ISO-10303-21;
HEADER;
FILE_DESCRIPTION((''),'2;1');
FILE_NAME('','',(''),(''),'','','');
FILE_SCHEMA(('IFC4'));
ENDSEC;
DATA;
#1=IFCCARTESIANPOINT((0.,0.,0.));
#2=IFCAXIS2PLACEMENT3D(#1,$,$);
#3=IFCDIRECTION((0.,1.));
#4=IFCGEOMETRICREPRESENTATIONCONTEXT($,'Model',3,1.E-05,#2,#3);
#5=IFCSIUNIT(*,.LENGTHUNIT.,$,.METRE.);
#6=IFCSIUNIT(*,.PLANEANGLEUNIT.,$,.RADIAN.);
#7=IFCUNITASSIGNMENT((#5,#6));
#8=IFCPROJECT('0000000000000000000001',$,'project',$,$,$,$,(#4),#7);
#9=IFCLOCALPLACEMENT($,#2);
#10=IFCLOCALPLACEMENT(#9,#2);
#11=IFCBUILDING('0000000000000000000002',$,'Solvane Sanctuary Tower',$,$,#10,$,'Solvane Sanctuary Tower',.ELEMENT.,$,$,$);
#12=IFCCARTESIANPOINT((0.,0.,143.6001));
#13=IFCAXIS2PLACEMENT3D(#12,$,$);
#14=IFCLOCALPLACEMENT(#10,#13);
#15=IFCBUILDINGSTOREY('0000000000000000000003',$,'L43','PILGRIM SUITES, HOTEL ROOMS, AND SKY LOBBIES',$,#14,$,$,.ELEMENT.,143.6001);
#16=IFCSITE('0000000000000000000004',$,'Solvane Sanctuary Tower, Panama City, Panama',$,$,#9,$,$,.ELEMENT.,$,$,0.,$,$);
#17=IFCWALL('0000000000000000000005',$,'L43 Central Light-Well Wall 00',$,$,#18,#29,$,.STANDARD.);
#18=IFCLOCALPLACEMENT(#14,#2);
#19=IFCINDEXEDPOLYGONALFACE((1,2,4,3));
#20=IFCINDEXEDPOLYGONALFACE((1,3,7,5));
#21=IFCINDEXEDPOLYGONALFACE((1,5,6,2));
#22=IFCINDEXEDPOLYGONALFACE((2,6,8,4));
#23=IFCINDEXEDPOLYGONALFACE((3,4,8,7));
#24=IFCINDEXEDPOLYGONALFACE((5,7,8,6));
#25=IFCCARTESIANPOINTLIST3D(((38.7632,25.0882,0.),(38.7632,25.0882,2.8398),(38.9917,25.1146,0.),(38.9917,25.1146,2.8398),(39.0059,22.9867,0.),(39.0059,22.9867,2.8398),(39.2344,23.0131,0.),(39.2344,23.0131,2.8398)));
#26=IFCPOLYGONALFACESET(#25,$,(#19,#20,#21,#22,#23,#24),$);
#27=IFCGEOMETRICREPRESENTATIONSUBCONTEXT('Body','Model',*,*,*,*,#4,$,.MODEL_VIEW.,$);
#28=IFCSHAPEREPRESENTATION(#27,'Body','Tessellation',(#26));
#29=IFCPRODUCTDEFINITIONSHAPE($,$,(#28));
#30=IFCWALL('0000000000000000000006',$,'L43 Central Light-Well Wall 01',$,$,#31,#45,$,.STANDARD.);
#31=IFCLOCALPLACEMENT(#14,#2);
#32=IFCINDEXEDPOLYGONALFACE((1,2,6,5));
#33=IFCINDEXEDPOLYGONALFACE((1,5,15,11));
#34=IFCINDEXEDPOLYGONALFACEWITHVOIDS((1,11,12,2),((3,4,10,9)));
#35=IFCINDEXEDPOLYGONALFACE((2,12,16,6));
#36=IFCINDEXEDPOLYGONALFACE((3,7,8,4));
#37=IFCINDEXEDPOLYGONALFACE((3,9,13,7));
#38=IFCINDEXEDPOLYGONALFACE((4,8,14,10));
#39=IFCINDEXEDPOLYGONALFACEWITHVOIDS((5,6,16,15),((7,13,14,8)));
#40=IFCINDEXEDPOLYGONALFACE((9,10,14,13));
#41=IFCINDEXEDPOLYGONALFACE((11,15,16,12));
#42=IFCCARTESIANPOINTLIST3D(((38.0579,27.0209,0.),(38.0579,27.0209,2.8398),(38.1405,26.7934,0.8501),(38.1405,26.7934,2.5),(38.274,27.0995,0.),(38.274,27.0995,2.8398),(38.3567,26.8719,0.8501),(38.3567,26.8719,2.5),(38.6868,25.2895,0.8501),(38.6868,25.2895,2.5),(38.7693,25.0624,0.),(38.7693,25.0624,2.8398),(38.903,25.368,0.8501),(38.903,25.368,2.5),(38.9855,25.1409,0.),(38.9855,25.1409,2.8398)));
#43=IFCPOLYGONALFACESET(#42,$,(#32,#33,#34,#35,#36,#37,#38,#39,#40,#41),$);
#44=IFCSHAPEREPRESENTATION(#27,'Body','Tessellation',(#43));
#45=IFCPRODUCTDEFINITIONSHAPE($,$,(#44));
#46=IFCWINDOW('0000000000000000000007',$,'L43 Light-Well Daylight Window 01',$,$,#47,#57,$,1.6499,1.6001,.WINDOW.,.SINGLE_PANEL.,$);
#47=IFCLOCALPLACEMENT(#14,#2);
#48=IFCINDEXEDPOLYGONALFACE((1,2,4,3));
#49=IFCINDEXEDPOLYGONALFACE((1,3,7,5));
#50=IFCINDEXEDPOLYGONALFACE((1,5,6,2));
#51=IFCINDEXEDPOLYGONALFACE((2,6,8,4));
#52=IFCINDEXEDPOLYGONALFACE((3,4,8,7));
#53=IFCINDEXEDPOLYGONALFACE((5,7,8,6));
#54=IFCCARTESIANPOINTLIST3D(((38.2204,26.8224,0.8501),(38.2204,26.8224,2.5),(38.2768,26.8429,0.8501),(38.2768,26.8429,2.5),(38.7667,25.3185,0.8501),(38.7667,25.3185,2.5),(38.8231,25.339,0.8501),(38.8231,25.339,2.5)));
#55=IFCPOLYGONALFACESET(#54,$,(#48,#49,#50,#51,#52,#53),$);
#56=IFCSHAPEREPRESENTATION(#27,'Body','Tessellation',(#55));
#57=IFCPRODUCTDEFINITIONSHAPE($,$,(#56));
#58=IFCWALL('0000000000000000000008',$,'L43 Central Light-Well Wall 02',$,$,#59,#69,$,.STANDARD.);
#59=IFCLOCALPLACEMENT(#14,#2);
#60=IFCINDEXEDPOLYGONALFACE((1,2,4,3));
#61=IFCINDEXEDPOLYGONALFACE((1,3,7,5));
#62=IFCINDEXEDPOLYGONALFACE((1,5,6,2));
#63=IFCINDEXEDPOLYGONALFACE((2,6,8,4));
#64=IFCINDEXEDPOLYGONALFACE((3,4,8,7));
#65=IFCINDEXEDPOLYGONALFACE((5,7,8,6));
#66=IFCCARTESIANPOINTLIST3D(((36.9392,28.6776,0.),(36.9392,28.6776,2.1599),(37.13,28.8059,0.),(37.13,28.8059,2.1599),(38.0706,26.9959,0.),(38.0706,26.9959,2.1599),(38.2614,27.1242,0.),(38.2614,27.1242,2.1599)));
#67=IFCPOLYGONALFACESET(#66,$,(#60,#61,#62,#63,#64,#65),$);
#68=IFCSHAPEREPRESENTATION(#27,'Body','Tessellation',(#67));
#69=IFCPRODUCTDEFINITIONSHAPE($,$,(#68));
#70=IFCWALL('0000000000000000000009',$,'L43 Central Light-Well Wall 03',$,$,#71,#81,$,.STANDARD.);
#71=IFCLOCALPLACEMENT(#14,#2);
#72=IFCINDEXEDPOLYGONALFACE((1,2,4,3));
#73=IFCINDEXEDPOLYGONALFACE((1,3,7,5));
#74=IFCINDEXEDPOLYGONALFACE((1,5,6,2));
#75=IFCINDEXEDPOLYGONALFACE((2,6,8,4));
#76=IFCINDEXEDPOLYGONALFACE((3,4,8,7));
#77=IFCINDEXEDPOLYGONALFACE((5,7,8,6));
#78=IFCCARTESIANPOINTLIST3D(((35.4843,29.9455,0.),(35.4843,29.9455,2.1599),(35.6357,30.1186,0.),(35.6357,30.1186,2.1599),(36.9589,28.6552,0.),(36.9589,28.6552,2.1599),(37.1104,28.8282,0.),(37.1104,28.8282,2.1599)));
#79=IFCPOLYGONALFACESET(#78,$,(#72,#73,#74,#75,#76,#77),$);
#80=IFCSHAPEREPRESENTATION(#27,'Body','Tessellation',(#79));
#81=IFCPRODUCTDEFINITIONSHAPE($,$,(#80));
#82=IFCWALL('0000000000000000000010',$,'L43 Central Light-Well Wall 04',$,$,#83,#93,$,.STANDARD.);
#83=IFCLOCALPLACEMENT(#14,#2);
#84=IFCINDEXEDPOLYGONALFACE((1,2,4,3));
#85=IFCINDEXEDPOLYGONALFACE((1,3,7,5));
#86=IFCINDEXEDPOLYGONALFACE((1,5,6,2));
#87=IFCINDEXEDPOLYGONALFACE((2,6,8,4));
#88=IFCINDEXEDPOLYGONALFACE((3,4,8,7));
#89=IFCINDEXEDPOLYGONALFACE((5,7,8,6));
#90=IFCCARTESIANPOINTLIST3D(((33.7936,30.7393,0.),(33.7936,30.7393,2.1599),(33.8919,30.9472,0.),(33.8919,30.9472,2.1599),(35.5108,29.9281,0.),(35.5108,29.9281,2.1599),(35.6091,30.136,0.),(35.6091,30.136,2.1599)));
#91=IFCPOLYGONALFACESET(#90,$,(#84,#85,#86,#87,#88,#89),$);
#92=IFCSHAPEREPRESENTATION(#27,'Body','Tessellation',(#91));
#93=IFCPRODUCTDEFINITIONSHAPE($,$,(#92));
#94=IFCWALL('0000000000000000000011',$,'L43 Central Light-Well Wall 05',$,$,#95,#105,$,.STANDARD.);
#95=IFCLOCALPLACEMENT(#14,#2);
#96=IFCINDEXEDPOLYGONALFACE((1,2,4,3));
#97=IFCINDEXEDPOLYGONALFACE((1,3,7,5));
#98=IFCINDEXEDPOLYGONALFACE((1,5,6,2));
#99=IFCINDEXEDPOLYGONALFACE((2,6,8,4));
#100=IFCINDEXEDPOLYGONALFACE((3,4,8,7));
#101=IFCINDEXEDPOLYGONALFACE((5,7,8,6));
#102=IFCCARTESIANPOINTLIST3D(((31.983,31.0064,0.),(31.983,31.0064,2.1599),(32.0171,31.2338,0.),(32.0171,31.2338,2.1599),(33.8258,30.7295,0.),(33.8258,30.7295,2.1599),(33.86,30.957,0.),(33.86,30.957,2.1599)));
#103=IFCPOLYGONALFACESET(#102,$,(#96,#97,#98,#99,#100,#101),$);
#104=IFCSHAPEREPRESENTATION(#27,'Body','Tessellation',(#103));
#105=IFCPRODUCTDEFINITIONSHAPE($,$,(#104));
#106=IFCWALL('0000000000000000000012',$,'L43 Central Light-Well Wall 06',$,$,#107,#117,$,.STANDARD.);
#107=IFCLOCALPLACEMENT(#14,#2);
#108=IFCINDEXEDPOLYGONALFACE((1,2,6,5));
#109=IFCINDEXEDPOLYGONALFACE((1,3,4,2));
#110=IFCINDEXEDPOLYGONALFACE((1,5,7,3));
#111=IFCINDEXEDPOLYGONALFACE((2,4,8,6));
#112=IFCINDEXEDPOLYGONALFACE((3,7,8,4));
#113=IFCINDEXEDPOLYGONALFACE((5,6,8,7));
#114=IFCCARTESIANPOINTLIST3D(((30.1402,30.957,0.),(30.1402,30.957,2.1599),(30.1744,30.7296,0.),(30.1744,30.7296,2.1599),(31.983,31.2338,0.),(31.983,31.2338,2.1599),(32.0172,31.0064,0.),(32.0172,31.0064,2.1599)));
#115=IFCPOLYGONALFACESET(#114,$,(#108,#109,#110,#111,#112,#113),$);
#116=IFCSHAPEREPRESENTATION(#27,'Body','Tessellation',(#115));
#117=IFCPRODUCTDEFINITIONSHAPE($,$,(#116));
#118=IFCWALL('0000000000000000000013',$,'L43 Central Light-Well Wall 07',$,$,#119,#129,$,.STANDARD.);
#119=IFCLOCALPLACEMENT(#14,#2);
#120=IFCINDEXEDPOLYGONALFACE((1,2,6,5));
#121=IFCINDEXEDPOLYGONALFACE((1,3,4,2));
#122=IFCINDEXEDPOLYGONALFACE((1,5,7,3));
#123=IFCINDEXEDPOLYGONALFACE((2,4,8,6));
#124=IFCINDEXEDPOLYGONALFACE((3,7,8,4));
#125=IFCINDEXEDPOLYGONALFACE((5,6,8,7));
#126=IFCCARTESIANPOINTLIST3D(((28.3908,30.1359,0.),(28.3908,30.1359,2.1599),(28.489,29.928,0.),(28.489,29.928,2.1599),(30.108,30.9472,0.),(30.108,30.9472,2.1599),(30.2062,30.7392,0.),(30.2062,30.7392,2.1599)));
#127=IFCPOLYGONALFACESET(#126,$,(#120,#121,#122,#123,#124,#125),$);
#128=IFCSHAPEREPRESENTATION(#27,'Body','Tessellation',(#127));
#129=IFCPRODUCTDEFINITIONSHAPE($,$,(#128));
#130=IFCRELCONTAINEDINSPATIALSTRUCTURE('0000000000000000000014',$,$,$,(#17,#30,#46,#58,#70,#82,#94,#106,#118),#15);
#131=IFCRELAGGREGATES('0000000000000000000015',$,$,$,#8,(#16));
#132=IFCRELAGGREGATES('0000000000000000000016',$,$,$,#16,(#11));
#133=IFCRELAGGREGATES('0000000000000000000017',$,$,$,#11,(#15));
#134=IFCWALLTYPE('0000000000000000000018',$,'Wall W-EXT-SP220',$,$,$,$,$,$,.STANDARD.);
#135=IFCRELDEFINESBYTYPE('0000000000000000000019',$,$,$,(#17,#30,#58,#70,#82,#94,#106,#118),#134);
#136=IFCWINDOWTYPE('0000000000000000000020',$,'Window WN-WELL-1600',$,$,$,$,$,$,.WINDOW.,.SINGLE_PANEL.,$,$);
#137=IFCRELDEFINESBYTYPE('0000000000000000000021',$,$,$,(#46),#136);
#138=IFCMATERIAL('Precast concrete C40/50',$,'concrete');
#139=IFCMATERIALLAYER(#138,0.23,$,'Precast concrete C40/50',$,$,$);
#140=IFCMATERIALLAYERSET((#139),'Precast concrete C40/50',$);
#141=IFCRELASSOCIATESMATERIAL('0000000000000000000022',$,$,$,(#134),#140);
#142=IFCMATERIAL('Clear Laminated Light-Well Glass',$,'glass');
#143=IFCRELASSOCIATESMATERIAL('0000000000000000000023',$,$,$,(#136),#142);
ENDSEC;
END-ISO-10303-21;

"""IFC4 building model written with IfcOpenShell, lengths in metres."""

from ifc_helpers import new_model, si_unit, direction, frame, frame_2d, origin, place, context, subcontext, project, spatial, rectangle, extrude, material, layer, layer_set, type_object, element, fill, save


model = new_model("IFC4")

# Units and contexts
model_context = context("Model", 3, precision=1e-05, world=origin(), true_north=direction((0.0, 1.0)))
body_context = subcontext(model_context, "Body", "Model", "MODEL_VIEW")
ifc_project = project(units=[si_unit("LENGTHUNIT", "METRE"), si_unit("PLANEANGLEUNIT", "RADIAN")], contexts=[model_context])

# Site, building, storey
site_placement = place(None, origin())
site = spatial("IfcSite", under=ifc_project, at=site_placement, Name="Solvane Sanctuary Tower, Panama City, Panama", CompositionType="ELEMENT", RefElevation=0.0)
building_placement = place(site_placement, origin())
building = spatial("IfcBuilding", under=site, at=building_placement, Name="Solvane Sanctuary Tower", LongName="Solvane Sanctuary Tower", CompositionType="ELEMENT")
storey_placement = place(building_placement, frame((0.0, 0.0, 143.6001)))
storey = spatial("IfcBuildingStorey", under=building, at=storey_placement, Name="L43", Description="PILGRIM SUITES, HOTEL ROOMS, AND SKY LOBBIES", CompositionType="ELEMENT", Elevation=143.6001)

# Wall
ifc_material_1 = material(Name="Precast concrete C40/50", Category="concrete")
ifc_layer = layer(ifc_material_1, 0.23, Name="Precast concrete C40/50")
ifc_layer_set = layer_set([ifc_layer], Name="Precast concrete C40/50")
wall_type = type_object("IfcWallType", Name="Wall W-EXT-SP220", PredefinedType="STANDARD", material=ifc_layer_set)
wall_1_placement = place(storey_placement, frame((39.1201, 23.0, 0.0), z_axis=(0.0, 0.0, 1.0), x_axis=(-0.114712, 0.993399, 0.0)))
element("IfcWall", 1, at=wall_1_placement, inside=storey, type_object=wall_type, Name="L43 Central Light-Well Wall 00", PredefinedType="STANDARD", context=body_context, shape_type="SweptSolid", body=[
    extrude(rectangle(XDim=2.1155, YDim=0.23, at=frame_2d((1.0576, 0.0))), origin(), (0.0, 0.0, 1.0), 2.8398),
])

# Wall, opening, window
wall_2_placement = place(storey_placement, frame((38.8774, 25.1016, 0.0), z_axis=(0.0, 0.0, 1.0), x_axis=(-0.341423, 0.93991, 0.0)))
wall_2 = element("IfcWall", 2, at=wall_2_placement, inside=storey, type_object=wall_type, Name="L43 Central Light-Well Wall 01", PredefinedType="STANDARD", context=body_context, shape_type="SweptSolid", body=[
    extrude(rectangle(XDim=2.0837, YDim=0.23, at=frame_2d((1.042, 0.0))), origin(), (0.0, 0.0, 1.0), 2.8398),
])
opening_placement = place(wall_2_placement, frame((0.2417, 0.0, 0.8501)))
opening = element("IfcOpeningElement", 3, at=opening_placement, cuts=wall_2, PredefinedType="OPENING", context=body_context, shape_type="SweptSolid", body=[
    extrude(rectangle(XDim=1.6001, YDim=1.6499, at=frame_2d((0.8, 0.825))), frame((0.0, 0.125, 0.0), z_axis=(0.0, -1.0, 0.0), x_axis=(1.0, 0.0, 0.0)), (0.0, 0.0, 1.0), 0.25),
])
ifc_material_2 = material(Name="Clear Laminated Light-Well Glass", Category="glass")
window_type = type_object("IfcWindowType", Name="Window WN-WELL-1600", PartitioningType="SINGLE_PANEL", PredefinedType="WINDOW", material=ifc_material_2)
window_placement = place(opening_placement, origin())
window = element("IfcWindow", 4, at=window_placement, inside=storey, type_object=window_type, Name="L43 Light-Well Daylight Window 01", OverallHeight=1.6499, OverallWidth=1.6001, PartitioningType="SINGLE_PANEL", PredefinedType="WINDOW", context=body_context, shape_type="SweptSolid", body=[
    extrude(rectangle(XDim=1.6001, YDim=1.6499, at=frame_2d((0.8, 0.825))), frame((0.0, 0.03, 0.0), z_axis=(0.0, -1.0, 0.0), x_axis=(1.0, 0.0, 0.0)), (0.0, 0.0, 1.0), 0.0601),
])
fill(opening, window)

# Walls
wall_3_placement = place(storey_placement, frame((38.166, 27.0601, 0.0), z_axis=(0.0, 0.0, 1.0), x_axis=(-0.558198, 0.829708, 0.0)))
element("IfcWall", 5, at=wall_3_placement, inside=storey, type_object=wall_type, Name="L43 Central Light-Well Wall 02", PredefinedType="STANDARD", context=body_context, shape_type="SweptSolid", body=[
    extrude(rectangle(XDim=2.0269, YDim=0.23, at=frame_2d((1.0134, 0.0))), origin(), (0.0, 0.0, 1.0), 2.1599),
])
wall_4_placement = place(storey_placement, frame((37.0347, 28.7417, 0.0), z_axis=(0.0, 0.0, 1.0), x_axis=(-0.752577, 0.658505, 0.0)))
element("IfcWall", 6, at=wall_4_placement, inside=storey, type_object=wall_type, Name="L43 Central Light-Well Wall 03", PredefinedType="STANDARD", context=body_context, shape_type="SweptSolid", body=[
    extrude(rectangle(XDim=1.9595, YDim=0.23, at=frame_2d((0.9797, 0.0))), origin(), (0.0, 0.0, 1.0), 2.1599),
])
wall_5_placement = place(storey_placement, frame((35.5601, 30.032, 0.0), z_axis=(0.0, 0.0, 1.0), x_axis=(-0.90418, 0.427152, 0.0)))
element("IfcWall", 7, at=wall_5_placement, inside=storey, type_object=wall_type, Name="L43 Central Light-Well Wall 04", PredefinedType="STANDARD", context=body_context, shape_type="SweptSolid", body=[
    extrude(rectangle(XDim=1.8992, YDim=0.23, at=frame_2d((0.9497, 0.0))), origin(), (0.0, 0.0, 1.0), 2.1599),
])
for number, where, z_axis, x_axis, name in (
    (8, (33.8428, 30.8433, 0.0), (0.0, 0.0, 1.0), (-0.988902, 0.148571, 0.0), "L43 Central Light-Well Wall 05"),
    (9, (32.0, 31.1201, 0.0), (0.0, 0.0, 1.0), (-0.988902, -0.148571, 0.0), "L43 Central Light-Well Wall 06"),
):
    element("IfcWall", number, at=place(storey_placement, frame(where, z_axis=z_axis, x_axis=x_axis)), inside=storey, type_object=wall_type, Name=name, PredefinedType="STANDARD", context=body_context, shape_type="SweptSolid", body=[
        extrude(rectangle(XDim=1.8635, YDim=0.23, at=frame_2d((0.9316, 0.0))), origin(), (0.0, 0.0, 1.0), 2.1599),
    ])
wall_6_placement = place(storey_placement, frame((30.1572, 30.8433, 0.0), z_axis=(0.0, 0.0, 1.0), x_axis=(-0.90418, -0.427152, 0.0)))
element("IfcWall", 10, at=wall_6_placement, inside=storey, type_object=wall_type, Name="L43 Central Light-Well Wall 07", PredefinedType="STANDARD", context=body_context, shape_type="SweptSolid", body=[
    extrude(rectangle(XDim=1.8992, YDim=0.23, at=frame_2d((0.9497, 0.0))), origin(), (0.0, 0.0, 1.0), 2.1599),
])

save(model, "model.ifc")
